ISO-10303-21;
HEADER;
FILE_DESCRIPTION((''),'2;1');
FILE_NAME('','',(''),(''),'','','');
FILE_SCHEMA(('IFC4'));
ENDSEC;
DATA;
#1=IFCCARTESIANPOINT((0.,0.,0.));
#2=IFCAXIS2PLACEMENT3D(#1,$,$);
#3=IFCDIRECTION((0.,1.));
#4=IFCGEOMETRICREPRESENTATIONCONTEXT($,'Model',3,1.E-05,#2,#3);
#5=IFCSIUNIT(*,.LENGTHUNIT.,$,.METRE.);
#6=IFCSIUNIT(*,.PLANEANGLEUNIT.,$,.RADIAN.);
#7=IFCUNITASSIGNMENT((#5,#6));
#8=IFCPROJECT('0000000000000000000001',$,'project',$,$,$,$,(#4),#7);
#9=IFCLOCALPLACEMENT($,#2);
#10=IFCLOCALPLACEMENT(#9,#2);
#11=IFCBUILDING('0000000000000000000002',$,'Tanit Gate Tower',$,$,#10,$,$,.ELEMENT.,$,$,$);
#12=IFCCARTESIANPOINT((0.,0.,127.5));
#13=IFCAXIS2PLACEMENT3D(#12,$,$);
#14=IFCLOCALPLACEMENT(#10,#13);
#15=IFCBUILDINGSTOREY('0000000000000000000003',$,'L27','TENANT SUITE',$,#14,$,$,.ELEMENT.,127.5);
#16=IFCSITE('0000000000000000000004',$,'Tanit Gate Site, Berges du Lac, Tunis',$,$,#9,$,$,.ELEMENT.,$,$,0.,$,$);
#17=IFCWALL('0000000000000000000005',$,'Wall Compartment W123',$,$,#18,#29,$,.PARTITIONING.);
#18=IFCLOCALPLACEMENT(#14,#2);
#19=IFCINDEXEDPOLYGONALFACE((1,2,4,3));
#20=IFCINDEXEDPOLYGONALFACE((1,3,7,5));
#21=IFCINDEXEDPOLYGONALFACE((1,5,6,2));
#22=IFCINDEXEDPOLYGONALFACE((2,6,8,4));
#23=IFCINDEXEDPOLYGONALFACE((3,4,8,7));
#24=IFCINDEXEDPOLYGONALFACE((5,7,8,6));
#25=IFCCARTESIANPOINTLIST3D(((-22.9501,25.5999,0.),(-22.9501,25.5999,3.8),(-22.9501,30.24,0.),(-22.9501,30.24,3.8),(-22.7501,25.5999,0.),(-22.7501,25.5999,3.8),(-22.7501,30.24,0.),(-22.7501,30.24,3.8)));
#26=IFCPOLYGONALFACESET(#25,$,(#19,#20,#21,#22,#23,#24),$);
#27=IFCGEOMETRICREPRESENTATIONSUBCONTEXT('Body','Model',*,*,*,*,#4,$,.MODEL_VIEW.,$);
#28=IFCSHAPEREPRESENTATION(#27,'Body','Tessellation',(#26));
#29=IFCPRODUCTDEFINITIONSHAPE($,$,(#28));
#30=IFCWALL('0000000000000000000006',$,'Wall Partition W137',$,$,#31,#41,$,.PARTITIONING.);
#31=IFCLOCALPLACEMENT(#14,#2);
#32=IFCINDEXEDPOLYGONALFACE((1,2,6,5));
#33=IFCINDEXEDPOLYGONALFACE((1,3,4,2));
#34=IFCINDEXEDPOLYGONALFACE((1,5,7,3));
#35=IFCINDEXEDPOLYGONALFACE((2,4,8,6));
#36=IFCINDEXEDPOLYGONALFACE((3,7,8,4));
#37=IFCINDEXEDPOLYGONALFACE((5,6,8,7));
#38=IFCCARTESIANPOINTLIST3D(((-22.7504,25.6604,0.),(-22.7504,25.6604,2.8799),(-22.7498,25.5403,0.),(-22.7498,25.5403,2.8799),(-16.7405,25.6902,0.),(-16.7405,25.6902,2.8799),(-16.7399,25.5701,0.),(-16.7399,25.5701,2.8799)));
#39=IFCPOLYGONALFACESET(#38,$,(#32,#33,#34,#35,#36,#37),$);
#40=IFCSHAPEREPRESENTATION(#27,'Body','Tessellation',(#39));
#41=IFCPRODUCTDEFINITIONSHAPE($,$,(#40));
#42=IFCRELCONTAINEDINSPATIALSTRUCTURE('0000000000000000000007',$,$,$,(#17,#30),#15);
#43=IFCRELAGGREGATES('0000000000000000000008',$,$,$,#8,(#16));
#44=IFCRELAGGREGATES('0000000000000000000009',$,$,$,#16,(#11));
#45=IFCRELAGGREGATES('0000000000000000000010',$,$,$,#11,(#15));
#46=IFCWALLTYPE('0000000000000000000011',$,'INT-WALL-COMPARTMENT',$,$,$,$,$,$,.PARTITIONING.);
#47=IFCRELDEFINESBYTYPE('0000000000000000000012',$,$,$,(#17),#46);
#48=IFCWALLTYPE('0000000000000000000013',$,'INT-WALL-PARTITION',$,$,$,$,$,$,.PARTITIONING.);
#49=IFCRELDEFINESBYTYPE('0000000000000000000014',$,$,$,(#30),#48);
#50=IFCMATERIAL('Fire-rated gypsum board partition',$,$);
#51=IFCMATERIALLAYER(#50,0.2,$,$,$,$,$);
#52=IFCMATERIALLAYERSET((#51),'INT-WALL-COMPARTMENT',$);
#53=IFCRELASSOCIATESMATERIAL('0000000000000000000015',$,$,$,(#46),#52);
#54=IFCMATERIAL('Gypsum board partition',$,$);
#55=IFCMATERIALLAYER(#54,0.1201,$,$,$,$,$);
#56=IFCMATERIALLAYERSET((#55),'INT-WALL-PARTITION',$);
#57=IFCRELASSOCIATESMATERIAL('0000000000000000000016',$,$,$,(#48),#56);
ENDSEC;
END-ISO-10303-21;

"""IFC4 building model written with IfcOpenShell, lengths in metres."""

from ifc_helpers import new_model, si_unit, direction, frame, frame_2d, origin, place, context, subcontext, project, spatial, rectangle, extrude, material, layer, layer_set, type_object, element, save


model = new_model("IFC4")

# Units and contexts
model_context = context("Model", 3, precision=1e-05, world=origin(), true_north=direction((0.0, 1.0)))
body_context = subcontext(model_context, "Body", "Model", "MODEL_VIEW")
ifc_project = project(units=[si_unit("LENGTHUNIT", "METRE"), si_unit("PLANEANGLEUNIT", "RADIAN")], contexts=[model_context])

# Site, building, storey
site_placement = place(None, origin())
site = spatial("IfcSite", under=ifc_project, at=site_placement, Name="Tanit Gate Site, Berges du Lac, Tunis", CompositionType="ELEMENT", RefElevation=0.0)
building_placement = place(site_placement, origin())
building = spatial("IfcBuilding", under=site, at=building_placement, Name="Tanit Gate Tower", CompositionType="ELEMENT")
storey_placement = place(building_placement, frame((0.0, 0.0, 127.5)))
storey = spatial("IfcBuildingStorey", under=building, at=storey_placement, Name="L27", Description="TENANT SUITE", CompositionType="ELEMENT", Elevation=127.5)

# Walls
ifc_material_1 = material(Name="Fire-rated gypsum board partition")
ifc_layer_1 = layer(ifc_material_1, 0.2)
ifc_layer_set_1 = layer_set([ifc_layer_1], Name="INT-WALL-COMPARTMENT")
wall_type_1 = type_object("IfcWallType", Name="INT-WALL-COMPARTMENT", PredefinedType="PARTITIONING", material=ifc_layer_set_1)
wall_1_placement = place(storey_placement, frame((-22.8501, 25.5999, 0.0), z_axis=(0.0, 0.0, 1.0), x_axis=(0.0, 1.0, 0.0)))
element("IfcWall", 1, at=wall_1_placement, inside=storey, type_object=wall_type_1, Name="Wall Compartment W123", PredefinedType="PARTITIONING", context=body_context, shape_type="SweptSolid", body=[
    extrude(rectangle(XDim=4.6401, YDim=0.2, at=frame_2d((2.3201, 0.0))), origin(), (0.0, 0.0, 1.0), 3.8),
])
ifc_material_2 = material(Name="Gypsum board partition")
ifc_layer_2 = layer(ifc_material_2, 0.1201)
ifc_layer_set_2 = layer_set([ifc_layer_2], Name="INT-WALL-PARTITION")
wall_type_2 = type_object("IfcWallType", Name="INT-WALL-PARTITION", PredefinedType="PARTITIONING", material=ifc_layer_set_2)
wall_2_placement = place(storey_placement, frame((-22.75, 25.6003, 0.0), z_axis=(0.0, 0.0, 1.0), x_axis=(0.999988, 0.004956, 0.0)))
element("IfcWall", 2, at=wall_2_placement, inside=storey, type_object=wall_type_2, Name="Wall Partition W137", PredefinedType="PARTITIONING", context=body_context, shape_type="SweptSolid", body=[
    extrude(rectangle(XDim=6.01, YDim=0.1201, at=frame_2d((3.0049, 0.0))), origin(), (0.0, 0.0, 1.0), 2.8799),
])

save(model, "model.ifc")
